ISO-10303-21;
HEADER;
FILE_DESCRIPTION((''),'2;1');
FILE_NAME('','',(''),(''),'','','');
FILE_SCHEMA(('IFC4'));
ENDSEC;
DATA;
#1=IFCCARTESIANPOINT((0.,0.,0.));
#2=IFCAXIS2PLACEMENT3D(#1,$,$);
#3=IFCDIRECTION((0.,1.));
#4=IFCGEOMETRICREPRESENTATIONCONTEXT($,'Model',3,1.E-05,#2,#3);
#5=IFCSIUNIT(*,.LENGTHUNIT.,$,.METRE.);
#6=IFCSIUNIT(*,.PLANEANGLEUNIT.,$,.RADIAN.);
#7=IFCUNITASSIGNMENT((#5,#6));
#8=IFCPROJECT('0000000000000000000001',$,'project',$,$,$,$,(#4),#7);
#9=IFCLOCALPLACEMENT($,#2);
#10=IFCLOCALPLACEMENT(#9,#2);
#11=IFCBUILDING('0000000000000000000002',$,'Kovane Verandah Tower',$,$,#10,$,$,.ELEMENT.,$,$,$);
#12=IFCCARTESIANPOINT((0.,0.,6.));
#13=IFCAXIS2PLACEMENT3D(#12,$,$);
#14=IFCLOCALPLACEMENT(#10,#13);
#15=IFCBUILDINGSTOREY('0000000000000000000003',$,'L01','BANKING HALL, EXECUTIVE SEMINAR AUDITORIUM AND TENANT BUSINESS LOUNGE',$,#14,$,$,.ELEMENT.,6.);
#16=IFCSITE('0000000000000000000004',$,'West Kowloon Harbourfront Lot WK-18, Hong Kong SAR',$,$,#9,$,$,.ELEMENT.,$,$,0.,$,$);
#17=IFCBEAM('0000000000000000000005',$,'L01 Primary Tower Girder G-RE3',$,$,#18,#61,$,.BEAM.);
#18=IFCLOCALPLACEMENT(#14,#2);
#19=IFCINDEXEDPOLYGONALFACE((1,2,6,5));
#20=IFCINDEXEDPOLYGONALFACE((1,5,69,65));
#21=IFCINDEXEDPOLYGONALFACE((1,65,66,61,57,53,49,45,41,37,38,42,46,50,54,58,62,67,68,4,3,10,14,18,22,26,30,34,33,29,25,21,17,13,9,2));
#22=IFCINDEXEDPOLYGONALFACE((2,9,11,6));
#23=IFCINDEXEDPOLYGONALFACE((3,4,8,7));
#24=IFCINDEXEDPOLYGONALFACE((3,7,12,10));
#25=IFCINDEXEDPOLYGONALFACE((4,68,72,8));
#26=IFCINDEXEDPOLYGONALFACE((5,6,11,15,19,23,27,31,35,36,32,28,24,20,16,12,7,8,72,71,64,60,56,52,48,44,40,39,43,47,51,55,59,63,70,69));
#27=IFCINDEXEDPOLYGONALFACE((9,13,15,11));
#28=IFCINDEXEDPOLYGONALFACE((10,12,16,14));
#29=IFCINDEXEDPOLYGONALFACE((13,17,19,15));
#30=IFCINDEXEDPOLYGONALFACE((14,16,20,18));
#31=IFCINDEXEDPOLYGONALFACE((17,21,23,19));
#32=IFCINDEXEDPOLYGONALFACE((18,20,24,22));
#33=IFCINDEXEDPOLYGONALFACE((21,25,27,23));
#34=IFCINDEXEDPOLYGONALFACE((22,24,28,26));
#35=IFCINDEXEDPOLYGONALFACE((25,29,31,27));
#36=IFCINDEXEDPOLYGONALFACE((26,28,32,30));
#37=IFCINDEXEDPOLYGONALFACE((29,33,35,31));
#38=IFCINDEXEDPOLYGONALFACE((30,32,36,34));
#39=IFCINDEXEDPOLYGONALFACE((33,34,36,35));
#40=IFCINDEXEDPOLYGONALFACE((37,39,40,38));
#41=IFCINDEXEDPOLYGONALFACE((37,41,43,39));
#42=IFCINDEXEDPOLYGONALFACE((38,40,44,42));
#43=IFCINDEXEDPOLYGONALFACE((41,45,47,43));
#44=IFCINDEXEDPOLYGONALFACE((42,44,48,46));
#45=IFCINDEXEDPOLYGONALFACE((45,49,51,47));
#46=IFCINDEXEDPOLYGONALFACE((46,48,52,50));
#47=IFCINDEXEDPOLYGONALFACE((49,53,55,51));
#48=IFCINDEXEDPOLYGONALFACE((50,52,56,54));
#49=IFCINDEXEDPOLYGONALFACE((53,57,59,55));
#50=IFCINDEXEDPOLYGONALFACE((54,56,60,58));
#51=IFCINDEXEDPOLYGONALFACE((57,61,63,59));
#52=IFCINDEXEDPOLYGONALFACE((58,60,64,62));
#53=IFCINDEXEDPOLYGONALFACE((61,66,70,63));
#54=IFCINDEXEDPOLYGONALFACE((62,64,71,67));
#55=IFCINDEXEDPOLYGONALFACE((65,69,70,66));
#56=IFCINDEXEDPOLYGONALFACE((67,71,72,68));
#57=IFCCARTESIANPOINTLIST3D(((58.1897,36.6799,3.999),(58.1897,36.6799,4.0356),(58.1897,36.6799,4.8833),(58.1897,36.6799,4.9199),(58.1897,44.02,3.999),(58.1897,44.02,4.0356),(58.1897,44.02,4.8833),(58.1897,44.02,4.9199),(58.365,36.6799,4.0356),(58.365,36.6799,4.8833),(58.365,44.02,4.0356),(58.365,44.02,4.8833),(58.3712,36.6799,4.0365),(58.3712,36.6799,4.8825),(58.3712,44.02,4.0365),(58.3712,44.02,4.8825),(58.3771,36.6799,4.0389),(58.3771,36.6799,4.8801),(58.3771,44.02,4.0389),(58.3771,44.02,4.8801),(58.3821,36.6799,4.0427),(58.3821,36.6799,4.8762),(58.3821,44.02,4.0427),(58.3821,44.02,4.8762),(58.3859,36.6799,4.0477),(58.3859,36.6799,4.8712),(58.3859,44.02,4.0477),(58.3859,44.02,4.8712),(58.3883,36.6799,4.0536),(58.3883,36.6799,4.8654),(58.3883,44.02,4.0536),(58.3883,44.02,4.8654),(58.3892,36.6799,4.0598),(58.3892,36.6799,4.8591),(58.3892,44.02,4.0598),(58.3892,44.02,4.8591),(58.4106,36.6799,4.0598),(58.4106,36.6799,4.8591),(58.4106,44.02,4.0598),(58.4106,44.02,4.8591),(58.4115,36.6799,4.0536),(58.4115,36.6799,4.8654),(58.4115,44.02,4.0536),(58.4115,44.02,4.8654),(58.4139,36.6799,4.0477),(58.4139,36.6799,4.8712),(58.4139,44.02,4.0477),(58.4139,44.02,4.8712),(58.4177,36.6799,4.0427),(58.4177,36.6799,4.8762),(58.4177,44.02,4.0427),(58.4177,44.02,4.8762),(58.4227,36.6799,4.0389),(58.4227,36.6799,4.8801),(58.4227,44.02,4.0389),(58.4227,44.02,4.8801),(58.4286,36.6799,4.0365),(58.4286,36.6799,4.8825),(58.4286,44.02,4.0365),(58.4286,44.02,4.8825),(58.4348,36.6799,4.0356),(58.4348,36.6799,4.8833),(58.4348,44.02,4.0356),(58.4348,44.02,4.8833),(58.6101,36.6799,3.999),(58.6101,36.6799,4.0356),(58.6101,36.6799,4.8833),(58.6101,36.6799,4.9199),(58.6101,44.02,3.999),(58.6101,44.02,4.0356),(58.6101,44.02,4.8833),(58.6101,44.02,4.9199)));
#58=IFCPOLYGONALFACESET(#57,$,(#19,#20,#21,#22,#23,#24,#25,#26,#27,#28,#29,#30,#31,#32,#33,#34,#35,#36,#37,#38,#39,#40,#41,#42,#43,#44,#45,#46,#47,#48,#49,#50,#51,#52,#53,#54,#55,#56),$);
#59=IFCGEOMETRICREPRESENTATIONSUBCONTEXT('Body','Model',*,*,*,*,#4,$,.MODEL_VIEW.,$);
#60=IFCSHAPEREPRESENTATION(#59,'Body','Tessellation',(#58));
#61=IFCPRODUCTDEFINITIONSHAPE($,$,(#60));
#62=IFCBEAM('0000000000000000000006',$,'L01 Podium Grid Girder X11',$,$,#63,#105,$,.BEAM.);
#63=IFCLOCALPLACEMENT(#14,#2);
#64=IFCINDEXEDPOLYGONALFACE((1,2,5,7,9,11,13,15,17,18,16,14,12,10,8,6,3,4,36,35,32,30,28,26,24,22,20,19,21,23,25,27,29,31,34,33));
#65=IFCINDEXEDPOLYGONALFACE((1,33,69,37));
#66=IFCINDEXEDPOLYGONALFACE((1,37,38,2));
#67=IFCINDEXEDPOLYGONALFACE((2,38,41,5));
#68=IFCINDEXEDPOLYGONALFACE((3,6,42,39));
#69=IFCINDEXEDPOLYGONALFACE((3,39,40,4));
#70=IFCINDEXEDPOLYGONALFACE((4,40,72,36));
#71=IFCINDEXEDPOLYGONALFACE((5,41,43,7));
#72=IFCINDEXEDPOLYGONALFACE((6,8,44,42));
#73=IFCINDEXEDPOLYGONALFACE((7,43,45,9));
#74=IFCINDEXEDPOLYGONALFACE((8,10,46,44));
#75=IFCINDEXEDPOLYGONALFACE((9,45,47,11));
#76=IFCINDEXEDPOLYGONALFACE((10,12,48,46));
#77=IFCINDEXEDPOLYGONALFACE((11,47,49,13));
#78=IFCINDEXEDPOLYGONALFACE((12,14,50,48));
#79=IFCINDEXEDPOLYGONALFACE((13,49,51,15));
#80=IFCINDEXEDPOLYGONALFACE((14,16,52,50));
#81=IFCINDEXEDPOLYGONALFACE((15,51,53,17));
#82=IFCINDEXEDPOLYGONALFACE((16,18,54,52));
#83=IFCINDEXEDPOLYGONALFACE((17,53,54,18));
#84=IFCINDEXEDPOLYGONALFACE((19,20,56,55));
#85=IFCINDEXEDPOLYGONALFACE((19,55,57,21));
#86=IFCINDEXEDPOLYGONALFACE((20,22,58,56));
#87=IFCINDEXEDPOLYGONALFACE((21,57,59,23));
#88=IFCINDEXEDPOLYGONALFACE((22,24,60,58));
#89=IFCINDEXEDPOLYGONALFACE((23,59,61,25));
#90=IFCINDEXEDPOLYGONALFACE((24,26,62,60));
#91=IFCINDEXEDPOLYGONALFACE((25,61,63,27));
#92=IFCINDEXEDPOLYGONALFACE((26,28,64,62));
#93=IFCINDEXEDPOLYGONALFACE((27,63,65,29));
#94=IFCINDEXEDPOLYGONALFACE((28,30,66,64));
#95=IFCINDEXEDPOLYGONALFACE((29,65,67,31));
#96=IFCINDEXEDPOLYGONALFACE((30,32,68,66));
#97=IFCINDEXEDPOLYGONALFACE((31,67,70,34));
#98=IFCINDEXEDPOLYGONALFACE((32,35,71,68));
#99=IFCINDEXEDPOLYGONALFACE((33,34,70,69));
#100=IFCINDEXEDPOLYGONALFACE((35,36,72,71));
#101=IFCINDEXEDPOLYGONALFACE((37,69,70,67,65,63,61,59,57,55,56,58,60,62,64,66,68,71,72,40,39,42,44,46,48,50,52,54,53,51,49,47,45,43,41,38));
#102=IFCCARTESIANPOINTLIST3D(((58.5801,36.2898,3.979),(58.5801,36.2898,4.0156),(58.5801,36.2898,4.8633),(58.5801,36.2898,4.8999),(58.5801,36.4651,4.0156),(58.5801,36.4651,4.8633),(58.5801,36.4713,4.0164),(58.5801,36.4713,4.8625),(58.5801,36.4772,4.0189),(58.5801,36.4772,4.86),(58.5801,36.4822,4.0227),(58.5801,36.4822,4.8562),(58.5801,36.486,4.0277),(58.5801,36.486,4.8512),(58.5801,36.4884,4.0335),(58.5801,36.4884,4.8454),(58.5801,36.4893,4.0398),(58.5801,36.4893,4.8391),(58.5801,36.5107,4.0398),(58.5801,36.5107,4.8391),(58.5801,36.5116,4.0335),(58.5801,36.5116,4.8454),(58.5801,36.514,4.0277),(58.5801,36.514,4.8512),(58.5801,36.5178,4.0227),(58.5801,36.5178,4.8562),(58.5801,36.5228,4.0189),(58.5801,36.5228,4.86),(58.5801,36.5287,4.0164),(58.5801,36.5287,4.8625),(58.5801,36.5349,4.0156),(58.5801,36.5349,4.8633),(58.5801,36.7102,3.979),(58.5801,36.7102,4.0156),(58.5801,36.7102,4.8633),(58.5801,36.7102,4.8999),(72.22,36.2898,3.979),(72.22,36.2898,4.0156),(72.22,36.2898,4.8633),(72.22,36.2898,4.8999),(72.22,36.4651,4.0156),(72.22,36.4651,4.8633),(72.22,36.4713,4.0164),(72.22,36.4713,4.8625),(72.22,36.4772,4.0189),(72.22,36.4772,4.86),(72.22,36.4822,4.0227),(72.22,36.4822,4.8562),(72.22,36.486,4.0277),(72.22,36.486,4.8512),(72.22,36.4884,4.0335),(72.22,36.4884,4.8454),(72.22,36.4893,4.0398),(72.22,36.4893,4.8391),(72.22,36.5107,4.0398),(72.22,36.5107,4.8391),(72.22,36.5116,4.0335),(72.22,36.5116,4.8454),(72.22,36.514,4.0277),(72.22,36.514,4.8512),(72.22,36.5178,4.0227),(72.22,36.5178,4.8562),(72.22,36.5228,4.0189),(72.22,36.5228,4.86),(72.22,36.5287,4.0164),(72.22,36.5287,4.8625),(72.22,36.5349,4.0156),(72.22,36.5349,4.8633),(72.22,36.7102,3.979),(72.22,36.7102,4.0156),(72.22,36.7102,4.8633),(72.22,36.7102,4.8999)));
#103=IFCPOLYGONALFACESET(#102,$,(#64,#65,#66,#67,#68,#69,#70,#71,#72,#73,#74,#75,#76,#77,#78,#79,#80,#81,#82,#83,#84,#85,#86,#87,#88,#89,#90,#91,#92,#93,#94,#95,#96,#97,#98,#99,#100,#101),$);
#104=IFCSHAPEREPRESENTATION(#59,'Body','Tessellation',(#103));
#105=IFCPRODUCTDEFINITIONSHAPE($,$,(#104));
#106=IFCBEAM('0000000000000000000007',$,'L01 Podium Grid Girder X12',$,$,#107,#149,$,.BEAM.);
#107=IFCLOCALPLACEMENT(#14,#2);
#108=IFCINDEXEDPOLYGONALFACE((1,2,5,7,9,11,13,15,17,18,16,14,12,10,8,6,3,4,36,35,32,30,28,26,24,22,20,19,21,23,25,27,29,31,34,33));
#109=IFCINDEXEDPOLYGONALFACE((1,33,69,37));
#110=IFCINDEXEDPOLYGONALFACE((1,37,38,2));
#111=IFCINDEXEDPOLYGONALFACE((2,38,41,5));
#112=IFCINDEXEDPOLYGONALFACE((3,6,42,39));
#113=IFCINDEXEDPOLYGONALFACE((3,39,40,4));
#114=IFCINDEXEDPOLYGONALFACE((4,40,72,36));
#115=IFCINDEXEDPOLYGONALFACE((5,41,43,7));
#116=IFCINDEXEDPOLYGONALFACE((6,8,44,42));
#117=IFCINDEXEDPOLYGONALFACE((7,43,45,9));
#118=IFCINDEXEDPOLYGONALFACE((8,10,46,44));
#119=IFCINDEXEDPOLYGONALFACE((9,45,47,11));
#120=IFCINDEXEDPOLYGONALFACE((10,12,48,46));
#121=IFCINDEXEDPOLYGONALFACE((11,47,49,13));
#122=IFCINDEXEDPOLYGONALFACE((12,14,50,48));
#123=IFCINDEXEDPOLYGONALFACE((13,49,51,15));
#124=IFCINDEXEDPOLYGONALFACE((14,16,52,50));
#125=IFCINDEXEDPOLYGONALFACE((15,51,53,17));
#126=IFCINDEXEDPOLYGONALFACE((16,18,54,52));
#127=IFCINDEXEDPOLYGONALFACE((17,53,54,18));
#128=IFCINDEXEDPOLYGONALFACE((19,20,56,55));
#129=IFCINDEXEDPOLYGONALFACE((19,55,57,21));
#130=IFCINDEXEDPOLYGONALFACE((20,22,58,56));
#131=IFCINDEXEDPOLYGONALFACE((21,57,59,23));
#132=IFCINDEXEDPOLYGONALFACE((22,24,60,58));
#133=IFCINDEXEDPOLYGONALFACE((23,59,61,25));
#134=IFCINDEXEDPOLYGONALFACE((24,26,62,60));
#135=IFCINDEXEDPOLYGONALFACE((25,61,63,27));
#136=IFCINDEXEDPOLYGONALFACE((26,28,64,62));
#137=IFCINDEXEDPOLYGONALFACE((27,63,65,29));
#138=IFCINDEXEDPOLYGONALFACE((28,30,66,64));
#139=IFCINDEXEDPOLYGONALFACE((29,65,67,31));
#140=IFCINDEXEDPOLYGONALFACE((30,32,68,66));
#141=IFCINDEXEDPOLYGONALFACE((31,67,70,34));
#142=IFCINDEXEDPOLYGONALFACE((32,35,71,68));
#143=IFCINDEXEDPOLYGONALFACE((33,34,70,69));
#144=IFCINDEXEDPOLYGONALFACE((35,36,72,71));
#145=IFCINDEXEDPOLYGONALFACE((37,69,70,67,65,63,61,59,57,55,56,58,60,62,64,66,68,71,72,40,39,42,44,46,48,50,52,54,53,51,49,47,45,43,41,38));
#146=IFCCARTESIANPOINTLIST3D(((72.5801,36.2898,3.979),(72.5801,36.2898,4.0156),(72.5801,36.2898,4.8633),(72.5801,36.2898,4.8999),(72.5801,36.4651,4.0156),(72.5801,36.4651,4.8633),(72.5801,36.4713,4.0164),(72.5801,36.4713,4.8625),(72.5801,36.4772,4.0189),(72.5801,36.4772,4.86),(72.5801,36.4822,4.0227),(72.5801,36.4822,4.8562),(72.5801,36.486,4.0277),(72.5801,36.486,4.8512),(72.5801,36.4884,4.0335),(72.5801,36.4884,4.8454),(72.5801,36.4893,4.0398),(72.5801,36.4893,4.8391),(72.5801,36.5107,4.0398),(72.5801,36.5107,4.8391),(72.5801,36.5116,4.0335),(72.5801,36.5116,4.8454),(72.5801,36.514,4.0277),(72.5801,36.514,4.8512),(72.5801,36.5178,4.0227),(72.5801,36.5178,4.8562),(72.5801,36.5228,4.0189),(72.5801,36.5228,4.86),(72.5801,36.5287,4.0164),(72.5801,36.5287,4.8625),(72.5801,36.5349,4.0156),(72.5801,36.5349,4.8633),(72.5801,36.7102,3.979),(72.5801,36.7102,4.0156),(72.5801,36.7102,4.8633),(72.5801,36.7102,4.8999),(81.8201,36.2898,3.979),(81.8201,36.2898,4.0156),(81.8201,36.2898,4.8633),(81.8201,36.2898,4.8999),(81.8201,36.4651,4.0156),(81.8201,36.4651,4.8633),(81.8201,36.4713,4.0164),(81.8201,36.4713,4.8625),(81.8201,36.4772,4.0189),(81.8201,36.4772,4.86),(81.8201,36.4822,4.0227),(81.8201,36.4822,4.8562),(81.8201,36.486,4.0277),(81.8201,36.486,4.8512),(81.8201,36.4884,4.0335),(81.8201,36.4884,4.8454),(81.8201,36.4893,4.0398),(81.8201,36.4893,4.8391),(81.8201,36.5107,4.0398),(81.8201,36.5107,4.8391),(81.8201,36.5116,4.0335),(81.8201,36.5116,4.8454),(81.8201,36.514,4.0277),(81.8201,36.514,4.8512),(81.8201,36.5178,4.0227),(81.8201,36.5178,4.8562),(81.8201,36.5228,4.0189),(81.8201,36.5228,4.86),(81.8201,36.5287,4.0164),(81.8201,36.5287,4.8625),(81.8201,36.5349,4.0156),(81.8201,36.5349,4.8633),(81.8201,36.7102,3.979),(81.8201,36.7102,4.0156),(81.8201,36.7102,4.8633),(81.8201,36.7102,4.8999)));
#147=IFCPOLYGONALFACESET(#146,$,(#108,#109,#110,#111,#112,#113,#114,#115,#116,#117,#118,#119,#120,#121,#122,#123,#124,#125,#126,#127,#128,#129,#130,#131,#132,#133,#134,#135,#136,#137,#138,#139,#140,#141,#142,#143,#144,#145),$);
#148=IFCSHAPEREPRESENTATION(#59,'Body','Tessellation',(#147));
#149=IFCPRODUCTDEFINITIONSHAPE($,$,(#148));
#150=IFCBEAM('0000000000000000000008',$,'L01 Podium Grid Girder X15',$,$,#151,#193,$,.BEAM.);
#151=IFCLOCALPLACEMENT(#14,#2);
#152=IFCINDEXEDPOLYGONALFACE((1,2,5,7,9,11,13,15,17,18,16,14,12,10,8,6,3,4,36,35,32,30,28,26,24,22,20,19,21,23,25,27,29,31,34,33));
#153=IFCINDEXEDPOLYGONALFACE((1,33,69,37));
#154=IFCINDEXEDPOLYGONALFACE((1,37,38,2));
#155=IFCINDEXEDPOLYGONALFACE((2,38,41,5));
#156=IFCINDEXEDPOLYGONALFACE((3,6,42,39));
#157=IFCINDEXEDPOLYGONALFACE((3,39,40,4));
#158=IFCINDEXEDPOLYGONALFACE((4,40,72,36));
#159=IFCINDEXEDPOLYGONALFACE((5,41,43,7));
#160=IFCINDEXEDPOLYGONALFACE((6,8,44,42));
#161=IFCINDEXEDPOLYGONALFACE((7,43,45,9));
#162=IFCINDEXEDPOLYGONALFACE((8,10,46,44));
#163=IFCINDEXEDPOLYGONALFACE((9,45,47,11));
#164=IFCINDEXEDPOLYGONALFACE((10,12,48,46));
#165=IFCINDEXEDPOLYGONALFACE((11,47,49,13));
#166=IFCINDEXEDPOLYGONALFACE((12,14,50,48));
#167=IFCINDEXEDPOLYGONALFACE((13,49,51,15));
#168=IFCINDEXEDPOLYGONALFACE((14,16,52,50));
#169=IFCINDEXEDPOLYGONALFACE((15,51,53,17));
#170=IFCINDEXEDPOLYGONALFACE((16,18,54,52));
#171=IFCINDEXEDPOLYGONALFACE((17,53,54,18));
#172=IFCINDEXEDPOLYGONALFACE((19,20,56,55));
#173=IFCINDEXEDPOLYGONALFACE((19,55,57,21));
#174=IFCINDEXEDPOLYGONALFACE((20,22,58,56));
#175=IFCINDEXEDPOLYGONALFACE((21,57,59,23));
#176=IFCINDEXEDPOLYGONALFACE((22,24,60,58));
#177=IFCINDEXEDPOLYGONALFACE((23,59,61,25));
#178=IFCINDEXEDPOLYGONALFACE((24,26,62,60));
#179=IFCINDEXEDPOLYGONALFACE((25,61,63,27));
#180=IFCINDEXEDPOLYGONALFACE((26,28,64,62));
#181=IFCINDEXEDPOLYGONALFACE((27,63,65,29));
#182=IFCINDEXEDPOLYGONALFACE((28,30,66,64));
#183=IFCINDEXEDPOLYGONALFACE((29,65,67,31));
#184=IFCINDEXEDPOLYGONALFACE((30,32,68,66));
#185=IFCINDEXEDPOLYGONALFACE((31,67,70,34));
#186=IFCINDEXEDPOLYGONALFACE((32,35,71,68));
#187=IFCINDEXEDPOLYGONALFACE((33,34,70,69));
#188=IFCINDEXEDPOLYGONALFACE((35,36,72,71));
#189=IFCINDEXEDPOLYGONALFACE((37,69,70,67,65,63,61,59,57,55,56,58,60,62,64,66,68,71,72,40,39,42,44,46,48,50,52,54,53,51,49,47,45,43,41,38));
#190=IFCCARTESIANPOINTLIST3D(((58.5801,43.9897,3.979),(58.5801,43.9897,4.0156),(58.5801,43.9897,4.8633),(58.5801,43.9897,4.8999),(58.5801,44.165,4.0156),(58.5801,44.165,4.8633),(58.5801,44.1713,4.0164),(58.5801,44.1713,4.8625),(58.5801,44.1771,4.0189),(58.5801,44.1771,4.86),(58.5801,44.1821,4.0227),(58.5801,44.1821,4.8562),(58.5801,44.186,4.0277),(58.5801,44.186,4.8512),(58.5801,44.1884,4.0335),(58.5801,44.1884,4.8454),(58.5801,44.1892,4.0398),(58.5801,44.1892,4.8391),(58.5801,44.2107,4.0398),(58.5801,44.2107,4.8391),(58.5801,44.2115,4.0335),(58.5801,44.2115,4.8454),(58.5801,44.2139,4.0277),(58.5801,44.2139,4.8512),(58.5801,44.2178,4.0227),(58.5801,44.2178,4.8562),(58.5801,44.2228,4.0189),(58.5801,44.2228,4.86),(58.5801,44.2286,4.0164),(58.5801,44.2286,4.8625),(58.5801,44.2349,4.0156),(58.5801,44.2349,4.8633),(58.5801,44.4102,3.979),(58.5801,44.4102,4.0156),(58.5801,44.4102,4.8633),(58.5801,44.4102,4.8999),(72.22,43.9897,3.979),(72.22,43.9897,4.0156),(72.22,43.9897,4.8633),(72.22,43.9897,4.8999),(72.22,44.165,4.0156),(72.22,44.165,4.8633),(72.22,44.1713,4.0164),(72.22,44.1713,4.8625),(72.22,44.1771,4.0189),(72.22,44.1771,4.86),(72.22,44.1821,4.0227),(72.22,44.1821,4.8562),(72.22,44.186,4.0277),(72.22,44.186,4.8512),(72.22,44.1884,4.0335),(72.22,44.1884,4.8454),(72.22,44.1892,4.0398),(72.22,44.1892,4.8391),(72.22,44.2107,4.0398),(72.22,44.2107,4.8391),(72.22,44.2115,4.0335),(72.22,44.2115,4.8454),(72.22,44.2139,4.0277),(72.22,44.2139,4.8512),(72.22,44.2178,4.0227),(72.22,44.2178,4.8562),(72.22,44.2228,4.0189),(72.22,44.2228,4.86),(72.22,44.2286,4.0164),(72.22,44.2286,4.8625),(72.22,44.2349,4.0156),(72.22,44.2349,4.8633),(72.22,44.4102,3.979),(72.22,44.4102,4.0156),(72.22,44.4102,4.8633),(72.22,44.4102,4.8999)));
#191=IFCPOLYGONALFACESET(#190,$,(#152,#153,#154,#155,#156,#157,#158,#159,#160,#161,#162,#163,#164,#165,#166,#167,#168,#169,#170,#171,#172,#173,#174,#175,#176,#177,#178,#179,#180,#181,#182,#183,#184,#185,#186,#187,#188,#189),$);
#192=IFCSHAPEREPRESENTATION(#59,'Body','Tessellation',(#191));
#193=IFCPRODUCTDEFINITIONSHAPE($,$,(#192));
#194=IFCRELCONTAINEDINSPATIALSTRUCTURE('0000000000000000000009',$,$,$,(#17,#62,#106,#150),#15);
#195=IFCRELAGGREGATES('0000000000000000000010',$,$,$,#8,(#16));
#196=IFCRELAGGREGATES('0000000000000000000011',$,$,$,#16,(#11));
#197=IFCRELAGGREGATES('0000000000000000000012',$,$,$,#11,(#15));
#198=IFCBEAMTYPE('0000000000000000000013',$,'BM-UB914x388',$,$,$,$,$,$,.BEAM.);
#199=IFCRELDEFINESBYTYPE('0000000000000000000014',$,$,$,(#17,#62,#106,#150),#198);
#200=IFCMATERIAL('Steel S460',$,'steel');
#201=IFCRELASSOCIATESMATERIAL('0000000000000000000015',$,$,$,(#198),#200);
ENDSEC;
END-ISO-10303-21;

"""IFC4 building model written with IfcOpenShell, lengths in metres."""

from ifc_helpers import new_model, si_unit, direction, frame, origin, origin_2d, place, context, subcontext, project, spatial, i_section, extrude, material, material_profile, profile_set, type_object, element, save


model = new_model("IFC4")

# Units and contexts
model_context = context("Model", 3, precision=1e-05, world=origin(), true_north=direction((0.0, 1.0)))
body_context = subcontext(model_context, "Body", "Model", "MODEL_VIEW")
ifc_project = project(units=[si_unit("LENGTHUNIT", "METRE"), si_unit("PLANEANGLEUNIT", "RADIAN")], contexts=[model_context])

# Site, building, storey
site_placement = place(None, origin())
site = spatial("IfcSite", under=ifc_project, at=site_placement, Name="West Kowloon Harbourfront Lot WK-18, Hong Kong SAR", CompositionType="ELEMENT", RefElevation=0.0)
building_placement = place(site_placement, origin())
building = spatial("IfcBuilding", under=site, at=building_placement, Name="Kovane Verandah Tower", CompositionType="ELEMENT")
storey_placement = place(building_placement, frame((0.0, 0.0, 6.0)))
storey = spatial("IfcBuildingStorey", under=building, at=storey_placement, Name="L01", Description="BANKING HALL, EXECUTIVE SEMINAR AUDITORIUM AND TENANT BUSINESS LOUNGE", CompositionType="ELEMENT", Elevation=6.0)

# Shared definitions
ifc_material_1 = material(Name="Steel S460", Category="steel")

# Beams
ifc_material_profile_1 = material_profile(ifc_material_1, i_section(OverallWidth=0.4204, OverallDepth=0.9209, WebThickness=0.0215, FlangeThickness=0.0366, FilletRadius=0.0242, at=origin_2d()), Name="UB914x419x388")
ifc_profile_set_1 = profile_set([ifc_material_profile_1], Name="Steel S460")
beam_type = type_object("IfcBeamType", Name="BM-UB914x388", PredefinedType="BEAM", material=ifc_profile_set_1)
beam_1_placement = place(storey_placement, frame((58.3999, 36.6799, 4.4595), z_axis=(0.0, 1.0, 0.0), x_axis=(-1.0, 0.0, 0.0)))
element("IfcBeam", 1, at=beam_1_placement, inside=storey, type_object=beam_type, Name="L01 Primary Tower Girder G-RE3", PredefinedType="BEAM", context=body_context, shape_type="SweptSolid", body=[
    extrude(i_section(OverallWidth=0.4204, OverallDepth=0.9209, WebThickness=0.0215, FlangeThickness=0.0366, FilletRadius=0.0242, at=origin_2d()), origin(), (0.0, 0.0, 1.0), 7.3401),
])
beam_2_placement = place(storey_placement, frame((58.5801, 36.5, 4.4395), z_axis=(1.0, 0.0, 0.0), x_axis=(0.0, 1.0, 0.0)))
element("IfcBeam", 2, at=beam_2_placement, inside=storey, type_object=beam_type, Name="L01 Podium Grid Girder X11", PredefinedType="BEAM", context=body_context, shape_type="SweptSolid", body=[
    extrude(i_section(OverallWidth=0.4204, OverallDepth=0.9209, WebThickness=0.0215, FlangeThickness=0.0366, FilletRadius=0.0242, at=origin_2d()), origin(), (0.0, 0.0, 1.0), 13.6399),
])
beam_3_placement = place(storey_placement, frame((72.5801, 36.5, 4.4395), z_axis=(1.0, 0.0, 0.0), x_axis=(0.0, 1.0, 0.0)))
element("IfcBeam", 3, at=beam_3_placement, inside=storey, type_object=beam_type, Name="L01 Podium Grid Girder X12", PredefinedType="BEAM", context=body_context, shape_type="SweptSolid", body=[
    extrude(i_section(OverallWidth=0.4204, OverallDepth=0.9209, WebThickness=0.0215, FlangeThickness=0.0366, FilletRadius=0.0242, at=origin_2d()), origin(), (0.0, 0.0, 1.0), 9.24),
])
beam_4_placement = place(storey_placement, frame((58.5801, 44.2, 4.4395), z_axis=(1.0, 0.0, 0.0), x_axis=(0.0, 1.0, 0.0)))
element("IfcBeam", 4, at=beam_4_placement, inside=storey, type_object=beam_type, Name="L01 Podium Grid Girder X15", PredefinedType="BEAM", context=body_context, shape_type="SweptSolid", body=[
    extrude(i_section(OverallWidth=0.4204, OverallDepth=0.9209, WebThickness=0.0215, FlangeThickness=0.0366, FilletRadius=0.0242, at=origin_2d()), origin(), (0.0, 0.0, 1.0), 13.6399),
])

save(model, "model.ifc")
